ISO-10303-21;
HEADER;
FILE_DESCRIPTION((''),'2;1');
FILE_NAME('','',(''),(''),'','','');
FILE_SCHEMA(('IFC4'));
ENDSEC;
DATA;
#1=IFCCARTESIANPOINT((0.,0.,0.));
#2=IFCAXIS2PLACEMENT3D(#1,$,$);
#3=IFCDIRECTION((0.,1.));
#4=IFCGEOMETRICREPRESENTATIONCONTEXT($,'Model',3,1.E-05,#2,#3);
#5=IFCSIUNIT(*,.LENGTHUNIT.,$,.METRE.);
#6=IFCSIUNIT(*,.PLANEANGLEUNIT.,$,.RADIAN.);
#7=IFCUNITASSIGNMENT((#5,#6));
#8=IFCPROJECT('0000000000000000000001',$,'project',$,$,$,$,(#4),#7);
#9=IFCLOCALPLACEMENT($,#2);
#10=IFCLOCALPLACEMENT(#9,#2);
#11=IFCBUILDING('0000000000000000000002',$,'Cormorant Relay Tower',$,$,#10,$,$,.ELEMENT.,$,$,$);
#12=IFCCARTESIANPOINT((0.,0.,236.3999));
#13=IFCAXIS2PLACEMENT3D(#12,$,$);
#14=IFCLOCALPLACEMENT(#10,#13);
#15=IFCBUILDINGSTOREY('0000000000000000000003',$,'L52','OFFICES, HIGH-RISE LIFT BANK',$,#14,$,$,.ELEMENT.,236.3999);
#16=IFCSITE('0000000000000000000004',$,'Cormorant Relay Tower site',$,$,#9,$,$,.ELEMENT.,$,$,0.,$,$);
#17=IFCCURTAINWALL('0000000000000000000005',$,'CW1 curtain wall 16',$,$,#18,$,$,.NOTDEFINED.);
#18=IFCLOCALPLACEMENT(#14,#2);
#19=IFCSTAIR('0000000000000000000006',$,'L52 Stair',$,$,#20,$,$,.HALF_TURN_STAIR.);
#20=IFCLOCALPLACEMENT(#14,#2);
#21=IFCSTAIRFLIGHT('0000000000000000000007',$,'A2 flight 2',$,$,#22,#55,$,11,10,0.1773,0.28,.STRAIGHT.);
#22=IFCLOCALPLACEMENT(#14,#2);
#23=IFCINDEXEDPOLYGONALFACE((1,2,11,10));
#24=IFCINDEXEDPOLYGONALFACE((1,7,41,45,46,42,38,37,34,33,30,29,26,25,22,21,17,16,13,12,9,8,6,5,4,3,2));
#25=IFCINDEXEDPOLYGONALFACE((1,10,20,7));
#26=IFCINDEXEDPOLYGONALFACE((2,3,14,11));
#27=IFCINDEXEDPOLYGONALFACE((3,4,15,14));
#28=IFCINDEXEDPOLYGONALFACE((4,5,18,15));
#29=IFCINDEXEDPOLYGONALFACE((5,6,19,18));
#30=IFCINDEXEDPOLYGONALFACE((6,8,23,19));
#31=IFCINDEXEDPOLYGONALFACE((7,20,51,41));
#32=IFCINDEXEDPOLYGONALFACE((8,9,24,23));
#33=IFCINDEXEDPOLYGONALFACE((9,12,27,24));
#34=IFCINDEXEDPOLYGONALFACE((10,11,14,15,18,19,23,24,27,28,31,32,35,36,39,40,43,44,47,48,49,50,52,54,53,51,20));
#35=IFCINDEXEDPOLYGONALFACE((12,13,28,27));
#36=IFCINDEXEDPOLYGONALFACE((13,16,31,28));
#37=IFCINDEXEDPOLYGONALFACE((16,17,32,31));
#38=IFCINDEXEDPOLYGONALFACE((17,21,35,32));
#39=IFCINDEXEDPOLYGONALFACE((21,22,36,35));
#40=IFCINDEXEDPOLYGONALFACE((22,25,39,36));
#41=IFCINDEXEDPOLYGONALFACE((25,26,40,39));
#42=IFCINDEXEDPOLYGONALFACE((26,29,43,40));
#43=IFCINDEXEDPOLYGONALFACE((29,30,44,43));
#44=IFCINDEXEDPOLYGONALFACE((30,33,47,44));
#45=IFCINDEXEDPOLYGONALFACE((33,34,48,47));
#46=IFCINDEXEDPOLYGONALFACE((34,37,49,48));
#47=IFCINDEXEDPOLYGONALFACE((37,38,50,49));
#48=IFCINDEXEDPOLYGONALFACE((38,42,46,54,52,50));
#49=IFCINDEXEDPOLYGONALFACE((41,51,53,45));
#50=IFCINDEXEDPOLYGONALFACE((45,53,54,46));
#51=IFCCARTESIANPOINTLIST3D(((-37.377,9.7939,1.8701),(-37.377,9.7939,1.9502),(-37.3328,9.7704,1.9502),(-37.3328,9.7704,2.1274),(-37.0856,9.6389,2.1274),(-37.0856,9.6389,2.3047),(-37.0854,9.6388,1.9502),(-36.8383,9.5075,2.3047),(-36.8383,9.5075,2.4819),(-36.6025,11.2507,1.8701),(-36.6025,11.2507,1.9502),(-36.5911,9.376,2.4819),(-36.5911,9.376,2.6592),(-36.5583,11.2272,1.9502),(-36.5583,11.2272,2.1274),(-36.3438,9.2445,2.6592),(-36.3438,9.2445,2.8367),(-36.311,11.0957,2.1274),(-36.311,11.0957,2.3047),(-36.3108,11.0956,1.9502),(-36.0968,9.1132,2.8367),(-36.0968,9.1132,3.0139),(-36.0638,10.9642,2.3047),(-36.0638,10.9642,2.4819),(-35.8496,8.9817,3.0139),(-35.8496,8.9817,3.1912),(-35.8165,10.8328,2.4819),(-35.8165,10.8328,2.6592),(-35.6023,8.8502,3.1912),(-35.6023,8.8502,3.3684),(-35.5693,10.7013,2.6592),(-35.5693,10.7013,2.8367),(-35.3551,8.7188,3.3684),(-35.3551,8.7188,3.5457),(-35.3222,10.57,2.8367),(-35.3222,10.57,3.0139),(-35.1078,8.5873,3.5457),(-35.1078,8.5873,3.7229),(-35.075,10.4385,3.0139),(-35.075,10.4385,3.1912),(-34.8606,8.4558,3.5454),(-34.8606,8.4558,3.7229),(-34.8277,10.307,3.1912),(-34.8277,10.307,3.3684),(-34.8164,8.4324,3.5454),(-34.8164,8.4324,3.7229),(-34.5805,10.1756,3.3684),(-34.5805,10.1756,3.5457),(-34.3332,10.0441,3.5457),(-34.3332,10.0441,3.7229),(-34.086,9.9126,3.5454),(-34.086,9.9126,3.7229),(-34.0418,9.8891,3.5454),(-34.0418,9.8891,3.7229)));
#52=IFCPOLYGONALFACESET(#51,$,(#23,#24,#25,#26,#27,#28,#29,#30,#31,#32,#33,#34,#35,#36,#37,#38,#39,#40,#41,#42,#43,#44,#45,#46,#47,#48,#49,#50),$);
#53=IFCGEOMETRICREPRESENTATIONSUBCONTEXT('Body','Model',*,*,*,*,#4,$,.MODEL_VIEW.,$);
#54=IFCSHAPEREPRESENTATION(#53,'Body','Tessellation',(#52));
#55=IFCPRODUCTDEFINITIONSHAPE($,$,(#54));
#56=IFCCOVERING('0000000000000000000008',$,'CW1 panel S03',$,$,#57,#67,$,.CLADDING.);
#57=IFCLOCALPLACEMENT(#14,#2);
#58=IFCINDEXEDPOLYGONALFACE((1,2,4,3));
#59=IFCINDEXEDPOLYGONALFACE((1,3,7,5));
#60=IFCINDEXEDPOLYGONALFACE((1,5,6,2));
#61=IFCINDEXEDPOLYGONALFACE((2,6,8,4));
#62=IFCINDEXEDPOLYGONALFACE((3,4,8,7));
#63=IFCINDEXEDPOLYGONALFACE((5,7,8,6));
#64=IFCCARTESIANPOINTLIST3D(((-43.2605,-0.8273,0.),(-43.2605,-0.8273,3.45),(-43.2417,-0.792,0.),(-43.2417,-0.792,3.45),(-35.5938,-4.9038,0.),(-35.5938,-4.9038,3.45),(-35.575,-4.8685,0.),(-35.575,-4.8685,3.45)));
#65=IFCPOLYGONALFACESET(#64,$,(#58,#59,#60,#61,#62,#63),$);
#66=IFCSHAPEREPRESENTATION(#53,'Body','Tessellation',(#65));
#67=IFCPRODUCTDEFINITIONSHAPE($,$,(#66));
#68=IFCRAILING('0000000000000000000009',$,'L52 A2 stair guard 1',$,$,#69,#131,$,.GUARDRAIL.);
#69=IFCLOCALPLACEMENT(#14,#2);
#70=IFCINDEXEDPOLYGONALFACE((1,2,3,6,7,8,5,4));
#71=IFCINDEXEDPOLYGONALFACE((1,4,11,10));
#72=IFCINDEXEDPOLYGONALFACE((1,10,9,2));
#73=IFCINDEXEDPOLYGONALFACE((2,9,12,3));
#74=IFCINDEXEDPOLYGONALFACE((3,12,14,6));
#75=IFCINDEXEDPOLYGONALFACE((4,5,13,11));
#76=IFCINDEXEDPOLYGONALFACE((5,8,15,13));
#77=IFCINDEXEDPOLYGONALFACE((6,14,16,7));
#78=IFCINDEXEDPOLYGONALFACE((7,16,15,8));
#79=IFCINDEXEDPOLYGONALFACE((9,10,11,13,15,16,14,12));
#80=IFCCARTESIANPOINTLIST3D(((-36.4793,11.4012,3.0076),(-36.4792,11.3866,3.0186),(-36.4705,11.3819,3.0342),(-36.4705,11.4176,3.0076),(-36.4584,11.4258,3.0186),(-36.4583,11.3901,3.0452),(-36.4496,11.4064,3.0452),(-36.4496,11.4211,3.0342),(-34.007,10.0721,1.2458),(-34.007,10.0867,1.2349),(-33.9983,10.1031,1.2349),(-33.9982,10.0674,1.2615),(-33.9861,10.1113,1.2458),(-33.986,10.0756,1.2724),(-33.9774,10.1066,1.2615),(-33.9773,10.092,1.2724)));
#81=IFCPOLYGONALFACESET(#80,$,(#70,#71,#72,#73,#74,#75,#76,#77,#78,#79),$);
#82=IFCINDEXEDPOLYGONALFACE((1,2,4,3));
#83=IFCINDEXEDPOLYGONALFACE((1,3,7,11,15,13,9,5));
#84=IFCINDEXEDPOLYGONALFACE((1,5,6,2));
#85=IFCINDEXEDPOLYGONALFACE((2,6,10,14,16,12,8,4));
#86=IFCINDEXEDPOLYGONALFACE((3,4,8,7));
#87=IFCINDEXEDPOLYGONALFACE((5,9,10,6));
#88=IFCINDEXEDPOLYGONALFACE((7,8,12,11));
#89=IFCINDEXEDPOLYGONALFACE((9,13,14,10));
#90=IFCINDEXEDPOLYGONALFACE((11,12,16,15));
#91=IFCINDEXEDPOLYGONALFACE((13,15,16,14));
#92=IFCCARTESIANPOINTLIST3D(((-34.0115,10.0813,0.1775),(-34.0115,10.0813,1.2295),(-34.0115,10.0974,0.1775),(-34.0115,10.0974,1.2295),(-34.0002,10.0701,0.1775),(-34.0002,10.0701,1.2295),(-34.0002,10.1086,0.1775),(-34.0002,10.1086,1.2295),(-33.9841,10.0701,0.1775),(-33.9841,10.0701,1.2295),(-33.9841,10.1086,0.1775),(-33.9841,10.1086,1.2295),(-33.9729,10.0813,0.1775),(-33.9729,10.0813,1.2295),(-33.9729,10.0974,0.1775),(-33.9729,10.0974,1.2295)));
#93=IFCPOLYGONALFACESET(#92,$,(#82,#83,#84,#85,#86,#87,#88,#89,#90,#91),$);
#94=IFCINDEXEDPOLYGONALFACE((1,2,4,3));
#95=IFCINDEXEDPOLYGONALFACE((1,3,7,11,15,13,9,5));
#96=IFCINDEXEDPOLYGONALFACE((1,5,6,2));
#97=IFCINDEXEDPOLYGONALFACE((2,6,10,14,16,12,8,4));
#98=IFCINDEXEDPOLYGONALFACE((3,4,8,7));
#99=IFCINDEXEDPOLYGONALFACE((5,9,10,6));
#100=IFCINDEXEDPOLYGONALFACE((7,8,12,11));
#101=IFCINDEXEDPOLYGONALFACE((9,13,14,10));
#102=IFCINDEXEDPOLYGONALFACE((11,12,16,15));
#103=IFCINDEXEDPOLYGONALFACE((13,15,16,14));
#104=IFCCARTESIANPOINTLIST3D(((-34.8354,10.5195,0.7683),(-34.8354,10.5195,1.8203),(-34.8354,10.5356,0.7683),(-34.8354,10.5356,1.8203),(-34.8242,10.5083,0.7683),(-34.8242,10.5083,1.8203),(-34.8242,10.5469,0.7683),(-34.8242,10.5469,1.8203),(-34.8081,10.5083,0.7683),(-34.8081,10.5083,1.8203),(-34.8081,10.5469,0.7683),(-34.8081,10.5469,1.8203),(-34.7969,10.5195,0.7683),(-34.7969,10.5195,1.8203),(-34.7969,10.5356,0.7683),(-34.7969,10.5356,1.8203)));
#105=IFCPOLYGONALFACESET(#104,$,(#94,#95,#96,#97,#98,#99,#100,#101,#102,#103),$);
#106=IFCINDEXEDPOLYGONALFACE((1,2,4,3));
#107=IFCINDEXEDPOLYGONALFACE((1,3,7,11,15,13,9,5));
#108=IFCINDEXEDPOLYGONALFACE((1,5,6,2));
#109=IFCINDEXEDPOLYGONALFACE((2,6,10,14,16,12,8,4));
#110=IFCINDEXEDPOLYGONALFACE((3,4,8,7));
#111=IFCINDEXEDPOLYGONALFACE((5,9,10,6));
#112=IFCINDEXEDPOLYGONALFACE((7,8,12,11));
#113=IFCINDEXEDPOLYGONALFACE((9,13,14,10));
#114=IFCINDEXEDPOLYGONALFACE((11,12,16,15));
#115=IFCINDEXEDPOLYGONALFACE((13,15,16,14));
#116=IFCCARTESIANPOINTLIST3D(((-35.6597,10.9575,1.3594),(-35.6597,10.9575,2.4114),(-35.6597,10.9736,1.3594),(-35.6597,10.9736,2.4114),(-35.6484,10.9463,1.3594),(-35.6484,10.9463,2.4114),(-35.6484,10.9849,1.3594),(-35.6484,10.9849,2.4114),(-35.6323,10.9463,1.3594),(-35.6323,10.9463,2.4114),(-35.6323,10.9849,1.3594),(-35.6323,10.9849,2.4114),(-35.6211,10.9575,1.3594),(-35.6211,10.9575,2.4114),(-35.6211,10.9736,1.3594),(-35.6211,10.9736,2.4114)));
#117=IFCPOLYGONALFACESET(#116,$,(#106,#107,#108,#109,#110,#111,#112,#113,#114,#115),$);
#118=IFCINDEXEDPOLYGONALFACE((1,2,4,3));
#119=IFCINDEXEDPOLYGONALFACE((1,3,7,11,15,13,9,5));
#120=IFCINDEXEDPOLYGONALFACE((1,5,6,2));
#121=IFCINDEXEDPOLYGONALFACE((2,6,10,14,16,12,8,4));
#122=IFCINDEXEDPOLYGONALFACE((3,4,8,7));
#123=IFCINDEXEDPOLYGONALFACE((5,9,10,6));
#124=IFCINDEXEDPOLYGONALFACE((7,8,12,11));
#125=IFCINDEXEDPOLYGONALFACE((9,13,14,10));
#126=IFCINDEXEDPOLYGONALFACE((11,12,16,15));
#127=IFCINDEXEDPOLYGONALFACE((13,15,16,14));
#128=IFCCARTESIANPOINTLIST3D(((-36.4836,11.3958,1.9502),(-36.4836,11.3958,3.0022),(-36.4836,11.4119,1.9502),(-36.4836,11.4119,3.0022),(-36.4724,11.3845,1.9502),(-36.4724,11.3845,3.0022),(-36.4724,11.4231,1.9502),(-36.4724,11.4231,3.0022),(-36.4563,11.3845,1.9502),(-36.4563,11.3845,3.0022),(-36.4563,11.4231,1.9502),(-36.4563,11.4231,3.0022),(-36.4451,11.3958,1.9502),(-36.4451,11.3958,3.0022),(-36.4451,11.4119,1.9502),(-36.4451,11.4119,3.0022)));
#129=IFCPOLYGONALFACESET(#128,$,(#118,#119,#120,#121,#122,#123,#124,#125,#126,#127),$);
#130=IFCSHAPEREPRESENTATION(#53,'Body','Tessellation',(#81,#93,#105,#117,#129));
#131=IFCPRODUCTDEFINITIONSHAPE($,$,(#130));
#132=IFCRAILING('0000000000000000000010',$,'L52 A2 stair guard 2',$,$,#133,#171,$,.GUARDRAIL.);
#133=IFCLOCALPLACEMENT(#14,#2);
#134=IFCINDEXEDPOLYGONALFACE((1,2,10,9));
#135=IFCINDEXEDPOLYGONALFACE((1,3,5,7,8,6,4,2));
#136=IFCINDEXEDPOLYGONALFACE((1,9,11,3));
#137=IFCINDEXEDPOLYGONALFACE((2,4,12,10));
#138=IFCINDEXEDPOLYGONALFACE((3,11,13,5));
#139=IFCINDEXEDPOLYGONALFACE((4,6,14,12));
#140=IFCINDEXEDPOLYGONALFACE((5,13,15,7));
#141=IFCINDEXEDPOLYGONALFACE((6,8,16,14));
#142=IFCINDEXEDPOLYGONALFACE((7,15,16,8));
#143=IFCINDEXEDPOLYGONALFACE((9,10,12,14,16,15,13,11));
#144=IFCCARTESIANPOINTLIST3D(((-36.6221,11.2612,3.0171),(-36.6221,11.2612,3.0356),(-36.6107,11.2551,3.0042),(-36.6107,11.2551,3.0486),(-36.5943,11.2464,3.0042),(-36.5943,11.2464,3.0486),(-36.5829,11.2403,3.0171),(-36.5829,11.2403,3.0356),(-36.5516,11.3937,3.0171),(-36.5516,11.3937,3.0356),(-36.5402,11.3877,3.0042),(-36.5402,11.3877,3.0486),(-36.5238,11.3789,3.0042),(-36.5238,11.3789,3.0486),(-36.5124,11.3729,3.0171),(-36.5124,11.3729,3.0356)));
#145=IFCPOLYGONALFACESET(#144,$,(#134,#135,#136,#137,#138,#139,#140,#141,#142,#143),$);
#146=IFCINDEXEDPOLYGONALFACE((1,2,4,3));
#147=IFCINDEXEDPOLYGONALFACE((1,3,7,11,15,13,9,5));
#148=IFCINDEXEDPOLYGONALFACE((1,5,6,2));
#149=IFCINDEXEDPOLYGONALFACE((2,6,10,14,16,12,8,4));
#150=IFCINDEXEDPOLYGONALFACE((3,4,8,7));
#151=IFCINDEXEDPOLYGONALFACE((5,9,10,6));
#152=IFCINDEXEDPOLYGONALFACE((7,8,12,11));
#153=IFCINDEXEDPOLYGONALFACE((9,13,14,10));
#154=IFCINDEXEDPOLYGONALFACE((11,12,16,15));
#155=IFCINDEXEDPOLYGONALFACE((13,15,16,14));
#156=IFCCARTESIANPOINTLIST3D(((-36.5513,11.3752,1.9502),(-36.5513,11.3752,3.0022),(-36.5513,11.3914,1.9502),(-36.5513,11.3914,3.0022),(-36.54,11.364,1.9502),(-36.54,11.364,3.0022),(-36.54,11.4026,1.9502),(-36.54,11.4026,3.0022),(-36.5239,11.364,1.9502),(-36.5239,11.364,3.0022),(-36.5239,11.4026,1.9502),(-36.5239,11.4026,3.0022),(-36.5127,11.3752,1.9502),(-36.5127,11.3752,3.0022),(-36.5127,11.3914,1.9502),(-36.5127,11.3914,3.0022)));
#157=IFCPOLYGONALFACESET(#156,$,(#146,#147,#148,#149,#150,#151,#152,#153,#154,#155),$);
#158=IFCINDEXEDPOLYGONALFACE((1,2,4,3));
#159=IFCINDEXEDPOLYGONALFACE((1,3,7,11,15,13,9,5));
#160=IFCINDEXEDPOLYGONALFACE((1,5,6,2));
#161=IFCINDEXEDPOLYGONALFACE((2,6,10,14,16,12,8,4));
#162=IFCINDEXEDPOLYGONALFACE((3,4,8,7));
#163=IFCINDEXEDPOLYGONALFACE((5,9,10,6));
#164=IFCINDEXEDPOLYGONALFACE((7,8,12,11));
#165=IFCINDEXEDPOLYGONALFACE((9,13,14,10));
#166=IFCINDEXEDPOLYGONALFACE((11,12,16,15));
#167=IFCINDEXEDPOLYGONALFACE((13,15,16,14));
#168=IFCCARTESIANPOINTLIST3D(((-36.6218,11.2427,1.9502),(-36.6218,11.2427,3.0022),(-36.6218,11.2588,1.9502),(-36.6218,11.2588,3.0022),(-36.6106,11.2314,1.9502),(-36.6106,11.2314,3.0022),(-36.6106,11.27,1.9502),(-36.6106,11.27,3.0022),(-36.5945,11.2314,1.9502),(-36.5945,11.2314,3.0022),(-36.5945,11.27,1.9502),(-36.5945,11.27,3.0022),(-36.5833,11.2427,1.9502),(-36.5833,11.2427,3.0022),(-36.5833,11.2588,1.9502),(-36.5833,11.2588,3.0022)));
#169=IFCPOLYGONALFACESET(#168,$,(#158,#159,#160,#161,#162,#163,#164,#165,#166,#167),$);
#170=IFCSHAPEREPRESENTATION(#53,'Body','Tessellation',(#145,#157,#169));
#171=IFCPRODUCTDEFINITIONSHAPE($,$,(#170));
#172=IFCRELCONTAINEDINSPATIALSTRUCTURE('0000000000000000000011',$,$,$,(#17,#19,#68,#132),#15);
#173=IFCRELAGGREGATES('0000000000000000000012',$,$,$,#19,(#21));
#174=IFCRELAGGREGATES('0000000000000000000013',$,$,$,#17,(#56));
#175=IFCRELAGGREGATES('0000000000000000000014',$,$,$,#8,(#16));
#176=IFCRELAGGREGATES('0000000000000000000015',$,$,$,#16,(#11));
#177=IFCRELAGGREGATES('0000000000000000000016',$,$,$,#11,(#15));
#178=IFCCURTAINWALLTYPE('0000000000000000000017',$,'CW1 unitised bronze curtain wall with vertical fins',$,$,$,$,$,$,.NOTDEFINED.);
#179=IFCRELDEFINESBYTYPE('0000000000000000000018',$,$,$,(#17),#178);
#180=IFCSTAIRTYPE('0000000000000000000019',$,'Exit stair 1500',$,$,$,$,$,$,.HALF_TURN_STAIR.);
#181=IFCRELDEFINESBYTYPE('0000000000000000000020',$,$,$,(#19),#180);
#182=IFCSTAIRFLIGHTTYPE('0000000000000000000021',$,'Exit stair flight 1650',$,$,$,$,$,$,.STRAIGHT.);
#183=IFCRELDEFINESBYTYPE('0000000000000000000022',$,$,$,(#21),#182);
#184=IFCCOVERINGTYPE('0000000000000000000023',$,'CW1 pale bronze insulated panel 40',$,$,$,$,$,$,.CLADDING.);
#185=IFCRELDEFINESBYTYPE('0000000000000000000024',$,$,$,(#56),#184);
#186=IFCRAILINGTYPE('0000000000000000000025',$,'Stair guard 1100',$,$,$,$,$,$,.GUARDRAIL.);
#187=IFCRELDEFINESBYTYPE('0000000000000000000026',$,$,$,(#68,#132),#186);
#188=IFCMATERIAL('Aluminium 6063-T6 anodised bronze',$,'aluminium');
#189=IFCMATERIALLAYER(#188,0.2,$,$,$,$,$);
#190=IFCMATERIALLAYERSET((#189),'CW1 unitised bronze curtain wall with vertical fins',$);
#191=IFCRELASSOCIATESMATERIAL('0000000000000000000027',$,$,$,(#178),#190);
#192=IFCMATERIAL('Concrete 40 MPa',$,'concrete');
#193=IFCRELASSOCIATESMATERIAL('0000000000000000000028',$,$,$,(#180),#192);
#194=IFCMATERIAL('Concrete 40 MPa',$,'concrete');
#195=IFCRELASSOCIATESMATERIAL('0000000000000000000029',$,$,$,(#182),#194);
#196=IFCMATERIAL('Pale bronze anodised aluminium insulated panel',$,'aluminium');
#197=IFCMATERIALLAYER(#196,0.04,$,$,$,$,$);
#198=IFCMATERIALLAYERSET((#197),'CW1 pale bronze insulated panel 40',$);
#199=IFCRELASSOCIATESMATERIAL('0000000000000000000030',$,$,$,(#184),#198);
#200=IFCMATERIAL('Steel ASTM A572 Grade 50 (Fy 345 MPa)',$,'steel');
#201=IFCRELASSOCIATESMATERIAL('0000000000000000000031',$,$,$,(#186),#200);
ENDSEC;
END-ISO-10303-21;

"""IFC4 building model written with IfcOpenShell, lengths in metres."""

from ifc_helpers import new_model, si_unit, direction, frame, origin, origin_2d, place, context, subcontext, project, spatial, polyline, rectangle, outline, extrude, material, layer, layer_set, type_object, element, aggregate, save


model = new_model("IFC4")

# Units and contexts
model_context = context("Model", 3, precision=1e-05, world=origin(), true_north=direction((0.0, 1.0)))
body_context = subcontext(model_context, "Body", "Model", "MODEL_VIEW")
ifc_project = project(units=[si_unit("LENGTHUNIT", "METRE"), si_unit("PLANEANGLEUNIT", "RADIAN")], contexts=[model_context])

# Site, building, storey
site_placement = place(None, origin())
site = spatial("IfcSite", under=ifc_project, at=site_placement, Name="Cormorant Relay Tower site", CompositionType="ELEMENT", RefElevation=0.0)
building_placement = place(site_placement, origin())
building = spatial("IfcBuilding", under=site, at=building_placement, Name="Cormorant Relay Tower", CompositionType="ELEMENT")
storey_placement = place(building_placement, frame((0.0, 0.0, 236.3999)))
storey = spatial("IfcBuildingStorey", under=building, at=storey_placement, Name="L52", Description="OFFICES, HIGH-RISE LIFT BANK", CompositionType="ELEMENT", Elevation=236.3999)

# Curtain wall
ifc_material_1 = material(Name="Aluminium 6063-T6 anodised bronze", Category="aluminium")
ifc_layer_1 = layer(ifc_material_1, 0.2)
ifc_layer_set_1 = layer_set([ifc_layer_1], Name="CW1 unitised bronze curtain wall with vertical fins")
curtain_wall_type = type_object("IfcCurtainWallType", Name="CW1 unitised bronze curtain wall with vertical fins", PredefinedType="NOTDEFINED", material=ifc_layer_set_1)
curtain_wall_placement = place(storey_placement, origin())
curtain_wall = element("IfcCurtainWall", 1, at=curtain_wall_placement, inside=storey, type_object=curtain_wall_type, Name="CW1 curtain wall 16", PredefinedType="NOTDEFINED")

# Stair, stair flight
ifc_material_2 = material(Name="Concrete 40 MPa", Category="concrete")
stair_type = type_object("IfcStairType", Name="Exit stair 1500", PredefinedType="HALF_TURN_STAIR", material=ifc_material_2)
stair_placement = place(storey_placement, origin())
stair = element("IfcStair", 2, at=stair_placement, inside=storey, type_object=stair_type, Name="L52 Stair", PredefinedType="HALF_TURN_STAIR")
ifc_material_3 = material(Name="Concrete 40 MPa", Category="concrete")
stair_flight_type = type_object("IfcStairFlightType", Name="Exit stair flight 1650", PredefinedType="STRAIGHT", material=ifc_material_3)
stair_flight_1_placement = place(storey_placement, frame((-36.9456, 10.4988, 1.9502), z_axis=(0.0, 0.0, 1.0), x_axis=(0.882948, -0.469472, 0.0)))
stair_flight_1 = element("IfcStairFlight", 3, at=stair_flight_1_placement, type_object=stair_flight_type, Name="A2 flight 2", NumberOfRisers=11, NumberOfTreads=10, PredefinedType="STRAIGHT", RiserHeight=0.1773, TreadLength=0.28, context=body_context, shape_type="SweptSolid", body=[
    extrude(outline(polyline([(-0.05, -0.0801), (-0.05, 0.0), (0.0, 0.0), (0.0, 0.1772), (0.28, 0.1772), (0.28, 0.3545), (0.5601, 0.3545), (0.5601, 0.5317), (0.8401, 0.5317), (0.8401, 0.709), (1.1201, 0.709), (1.1201, 0.8865), (1.3999, 0.8865), (1.3999, 1.0637), (1.6799, 1.0637), (1.6799, 1.241), (1.96, 1.241), (1.96, 1.4182), (2.24, 1.4182), (2.24, 1.5955), (2.52, 1.5955), (2.52, 1.7727), (2.8, 1.7727), (2.8501, 1.7727), (2.8501, 1.5952), (2.8, 1.5952), (0.2803, 0.0), (-0.05, -0.0801)])), frame((0.0, 0.825, 0.0), z_axis=(0.0, -1.0, 0.0), x_axis=(1.0, 0.0, 0.0)), (0.0, 0.0, 1.0), 1.6499),
])
aggregate(stair, [stair_flight_1])

# Covering
ifc_material_4 = material(Name="Pale bronze anodised aluminium insulated panel", Category="aluminium")
ifc_layer_2 = layer(ifc_material_4, 0.04)
ifc_layer_set_2 = layer_set([ifc_layer_2], Name="CW1 pale bronze insulated panel 40")
covering_type = type_object("IfcCoveringType", Name="CW1 pale bronze insulated panel 40", PredefinedType="CLADDING", material=ifc_layer_set_2)
covering_placement = place(storey_placement, frame((-39.4177, -2.8479, 0.0), z_axis=(0.0, 0.0, 1.0), x_axis=(0.882948, -0.469472, 0.0)))
covering = element("IfcCovering", 4, at=covering_placement, type_object=covering_type, Name="CW1 panel S03", PredefinedType="CLADDING", context=body_context, shape_type="SweptSolid", body=[
    extrude(rectangle(XDim=8.6831, YDim=0.04, at=origin_2d()), origin(), (0.0, 0.0, 1.0), 3.45),
])
aggregate(curtain_wall, [covering])

# Railings
ifc_material_5 = material(Name="Steel ASTM A572 Grade 50 (Fy 345 MPa)", Category="steel")
railing_type_1 = type_object("IfcRailingType", Name="Stair guard 1100", PredefinedType="GUARDRAIL", material=ifc_material_5)
railing_1_placement = place(storey_placement, frame((-33.9922, 10.0894, 0.1775)))
element("IfcRailing", 5, at=railing_1_placement, inside=storey, type_object=railing_type_1, Name="L52 A2 stair guard 1", PredefinedType="GUARDRAIL", context=body_context, shape_type="SweptSolid", body=[
    extrude(outline(polyline([(0.0222, 0.0093), (0.0093, 0.0222), (-0.0093, 0.0222), (-0.0222, 0.0093), (-0.0222, -0.0093), (-0.0093, -0.0222), (0.0093, -0.0222), (0.0222, -0.0093), (0.0222, 0.0093)])), frame((0.0, 0.0, 1.0762), z_axis=(-0.746001, 0.396649, 0.534931), x_axis=(-0.469465, -0.882951, 0.0)), (0.0, 0.0, 1.0), 3.314),
    extrude(outline(polyline([(0.0193, 0.0081), (0.0081, 0.0193), (-0.0081, 0.0193), (-0.0193, 0.0081), (-0.0193, -0.0081), (-0.0081, -0.0193), (0.0081, -0.0193), (0.0193, -0.0081), (0.0193, 0.0081)])), origin(), (0.0, 0.0, 1.0), 1.052),
    extrude(outline(polyline([(0.0193, 0.0081), (0.0081, 0.0193), (-0.0081, 0.0193), (-0.0193, 0.0081), (-0.0193, -0.0081), (-0.0081, -0.0193), (0.0081, -0.0193), (0.0193, -0.0081), (0.0193, 0.0081)])), frame((-0.824, 0.4382, 0.5908)), (0.0, 0.0, 1.0), 1.052),
    extrude(outline(polyline([(0.0193, 0.0081), (0.0081, 0.0193), (-0.0081, 0.0193), (-0.0193, 0.0081), (-0.0193, -0.0081), (-0.0081, -0.0193), (0.0081, -0.0193), (0.0193, -0.0081), (0.0193, 0.0081)])), frame((-1.6482, 0.8762, 1.1819)), (0.0, 0.0, 1.0), 1.052),
    extrude(outline(polyline([(0.0193, 0.0081), (0.0081, 0.0193), (-0.0081, 0.0193), (-0.0193, 0.0081), (-0.0193, -0.0081), (-0.0081, -0.0193), (0.0081, -0.0193), (0.0193, -0.0081), (0.0193, 0.0081)])), frame((-2.4722, 1.3145, 1.7727)), (0.0, 0.0, 1.0), 1.052),
])
railing_2_placement = place(storey_placement, frame((-36.532, 11.3833, 1.9502)))
element("IfcRailing", 6, at=railing_2_placement, inside=storey, type_object=railing_type_1, Name="L52 A2 stair guard 2", PredefinedType="GUARDRAIL", context=body_context, shape_type="SweptSolid", body=[
    extrude(outline(polyline([(0.0222, 0.0093), (0.0093, 0.0222), (-0.0093, 0.0222), (-0.0222, 0.0093), (-0.0222, -0.0093), (-0.0093, -0.0222), (0.0093, -0.0222), (0.0222, -0.0093), (0.0222, 0.0093)])), frame((0.0, 0.0, 1.0762), z_axis=(-0.469829, -0.882758, 0.0), x_axis=(0.882758, -0.469829, 0.0)), (0.0, 0.0, 1.0), 0.1501),
    extrude(outline(polyline([(0.0193, 0.0081), (0.0081, 0.0193), (-0.0081, 0.0193), (-0.0193, 0.0081), (-0.0193, -0.0081), (-0.0081, -0.0193), (0.0081, -0.0193), (0.0193, -0.0081), (0.0193, 0.0081)])), origin(), (0.0, 0.0, 1.0), 1.052),
    extrude(outline(polyline([(0.0193, 0.0081), (0.0081, 0.0193), (-0.0081, 0.0193), (-0.0193, 0.0081), (-0.0193, -0.0081), (-0.0081, -0.0193), (0.0081, -0.0193), (0.0193, -0.0081), (0.0193, 0.0081)])), frame((-0.0706, -0.1326, 0.0)), (0.0, 0.0, 1.0), 1.052),
])

save(model, "model.ifc")
